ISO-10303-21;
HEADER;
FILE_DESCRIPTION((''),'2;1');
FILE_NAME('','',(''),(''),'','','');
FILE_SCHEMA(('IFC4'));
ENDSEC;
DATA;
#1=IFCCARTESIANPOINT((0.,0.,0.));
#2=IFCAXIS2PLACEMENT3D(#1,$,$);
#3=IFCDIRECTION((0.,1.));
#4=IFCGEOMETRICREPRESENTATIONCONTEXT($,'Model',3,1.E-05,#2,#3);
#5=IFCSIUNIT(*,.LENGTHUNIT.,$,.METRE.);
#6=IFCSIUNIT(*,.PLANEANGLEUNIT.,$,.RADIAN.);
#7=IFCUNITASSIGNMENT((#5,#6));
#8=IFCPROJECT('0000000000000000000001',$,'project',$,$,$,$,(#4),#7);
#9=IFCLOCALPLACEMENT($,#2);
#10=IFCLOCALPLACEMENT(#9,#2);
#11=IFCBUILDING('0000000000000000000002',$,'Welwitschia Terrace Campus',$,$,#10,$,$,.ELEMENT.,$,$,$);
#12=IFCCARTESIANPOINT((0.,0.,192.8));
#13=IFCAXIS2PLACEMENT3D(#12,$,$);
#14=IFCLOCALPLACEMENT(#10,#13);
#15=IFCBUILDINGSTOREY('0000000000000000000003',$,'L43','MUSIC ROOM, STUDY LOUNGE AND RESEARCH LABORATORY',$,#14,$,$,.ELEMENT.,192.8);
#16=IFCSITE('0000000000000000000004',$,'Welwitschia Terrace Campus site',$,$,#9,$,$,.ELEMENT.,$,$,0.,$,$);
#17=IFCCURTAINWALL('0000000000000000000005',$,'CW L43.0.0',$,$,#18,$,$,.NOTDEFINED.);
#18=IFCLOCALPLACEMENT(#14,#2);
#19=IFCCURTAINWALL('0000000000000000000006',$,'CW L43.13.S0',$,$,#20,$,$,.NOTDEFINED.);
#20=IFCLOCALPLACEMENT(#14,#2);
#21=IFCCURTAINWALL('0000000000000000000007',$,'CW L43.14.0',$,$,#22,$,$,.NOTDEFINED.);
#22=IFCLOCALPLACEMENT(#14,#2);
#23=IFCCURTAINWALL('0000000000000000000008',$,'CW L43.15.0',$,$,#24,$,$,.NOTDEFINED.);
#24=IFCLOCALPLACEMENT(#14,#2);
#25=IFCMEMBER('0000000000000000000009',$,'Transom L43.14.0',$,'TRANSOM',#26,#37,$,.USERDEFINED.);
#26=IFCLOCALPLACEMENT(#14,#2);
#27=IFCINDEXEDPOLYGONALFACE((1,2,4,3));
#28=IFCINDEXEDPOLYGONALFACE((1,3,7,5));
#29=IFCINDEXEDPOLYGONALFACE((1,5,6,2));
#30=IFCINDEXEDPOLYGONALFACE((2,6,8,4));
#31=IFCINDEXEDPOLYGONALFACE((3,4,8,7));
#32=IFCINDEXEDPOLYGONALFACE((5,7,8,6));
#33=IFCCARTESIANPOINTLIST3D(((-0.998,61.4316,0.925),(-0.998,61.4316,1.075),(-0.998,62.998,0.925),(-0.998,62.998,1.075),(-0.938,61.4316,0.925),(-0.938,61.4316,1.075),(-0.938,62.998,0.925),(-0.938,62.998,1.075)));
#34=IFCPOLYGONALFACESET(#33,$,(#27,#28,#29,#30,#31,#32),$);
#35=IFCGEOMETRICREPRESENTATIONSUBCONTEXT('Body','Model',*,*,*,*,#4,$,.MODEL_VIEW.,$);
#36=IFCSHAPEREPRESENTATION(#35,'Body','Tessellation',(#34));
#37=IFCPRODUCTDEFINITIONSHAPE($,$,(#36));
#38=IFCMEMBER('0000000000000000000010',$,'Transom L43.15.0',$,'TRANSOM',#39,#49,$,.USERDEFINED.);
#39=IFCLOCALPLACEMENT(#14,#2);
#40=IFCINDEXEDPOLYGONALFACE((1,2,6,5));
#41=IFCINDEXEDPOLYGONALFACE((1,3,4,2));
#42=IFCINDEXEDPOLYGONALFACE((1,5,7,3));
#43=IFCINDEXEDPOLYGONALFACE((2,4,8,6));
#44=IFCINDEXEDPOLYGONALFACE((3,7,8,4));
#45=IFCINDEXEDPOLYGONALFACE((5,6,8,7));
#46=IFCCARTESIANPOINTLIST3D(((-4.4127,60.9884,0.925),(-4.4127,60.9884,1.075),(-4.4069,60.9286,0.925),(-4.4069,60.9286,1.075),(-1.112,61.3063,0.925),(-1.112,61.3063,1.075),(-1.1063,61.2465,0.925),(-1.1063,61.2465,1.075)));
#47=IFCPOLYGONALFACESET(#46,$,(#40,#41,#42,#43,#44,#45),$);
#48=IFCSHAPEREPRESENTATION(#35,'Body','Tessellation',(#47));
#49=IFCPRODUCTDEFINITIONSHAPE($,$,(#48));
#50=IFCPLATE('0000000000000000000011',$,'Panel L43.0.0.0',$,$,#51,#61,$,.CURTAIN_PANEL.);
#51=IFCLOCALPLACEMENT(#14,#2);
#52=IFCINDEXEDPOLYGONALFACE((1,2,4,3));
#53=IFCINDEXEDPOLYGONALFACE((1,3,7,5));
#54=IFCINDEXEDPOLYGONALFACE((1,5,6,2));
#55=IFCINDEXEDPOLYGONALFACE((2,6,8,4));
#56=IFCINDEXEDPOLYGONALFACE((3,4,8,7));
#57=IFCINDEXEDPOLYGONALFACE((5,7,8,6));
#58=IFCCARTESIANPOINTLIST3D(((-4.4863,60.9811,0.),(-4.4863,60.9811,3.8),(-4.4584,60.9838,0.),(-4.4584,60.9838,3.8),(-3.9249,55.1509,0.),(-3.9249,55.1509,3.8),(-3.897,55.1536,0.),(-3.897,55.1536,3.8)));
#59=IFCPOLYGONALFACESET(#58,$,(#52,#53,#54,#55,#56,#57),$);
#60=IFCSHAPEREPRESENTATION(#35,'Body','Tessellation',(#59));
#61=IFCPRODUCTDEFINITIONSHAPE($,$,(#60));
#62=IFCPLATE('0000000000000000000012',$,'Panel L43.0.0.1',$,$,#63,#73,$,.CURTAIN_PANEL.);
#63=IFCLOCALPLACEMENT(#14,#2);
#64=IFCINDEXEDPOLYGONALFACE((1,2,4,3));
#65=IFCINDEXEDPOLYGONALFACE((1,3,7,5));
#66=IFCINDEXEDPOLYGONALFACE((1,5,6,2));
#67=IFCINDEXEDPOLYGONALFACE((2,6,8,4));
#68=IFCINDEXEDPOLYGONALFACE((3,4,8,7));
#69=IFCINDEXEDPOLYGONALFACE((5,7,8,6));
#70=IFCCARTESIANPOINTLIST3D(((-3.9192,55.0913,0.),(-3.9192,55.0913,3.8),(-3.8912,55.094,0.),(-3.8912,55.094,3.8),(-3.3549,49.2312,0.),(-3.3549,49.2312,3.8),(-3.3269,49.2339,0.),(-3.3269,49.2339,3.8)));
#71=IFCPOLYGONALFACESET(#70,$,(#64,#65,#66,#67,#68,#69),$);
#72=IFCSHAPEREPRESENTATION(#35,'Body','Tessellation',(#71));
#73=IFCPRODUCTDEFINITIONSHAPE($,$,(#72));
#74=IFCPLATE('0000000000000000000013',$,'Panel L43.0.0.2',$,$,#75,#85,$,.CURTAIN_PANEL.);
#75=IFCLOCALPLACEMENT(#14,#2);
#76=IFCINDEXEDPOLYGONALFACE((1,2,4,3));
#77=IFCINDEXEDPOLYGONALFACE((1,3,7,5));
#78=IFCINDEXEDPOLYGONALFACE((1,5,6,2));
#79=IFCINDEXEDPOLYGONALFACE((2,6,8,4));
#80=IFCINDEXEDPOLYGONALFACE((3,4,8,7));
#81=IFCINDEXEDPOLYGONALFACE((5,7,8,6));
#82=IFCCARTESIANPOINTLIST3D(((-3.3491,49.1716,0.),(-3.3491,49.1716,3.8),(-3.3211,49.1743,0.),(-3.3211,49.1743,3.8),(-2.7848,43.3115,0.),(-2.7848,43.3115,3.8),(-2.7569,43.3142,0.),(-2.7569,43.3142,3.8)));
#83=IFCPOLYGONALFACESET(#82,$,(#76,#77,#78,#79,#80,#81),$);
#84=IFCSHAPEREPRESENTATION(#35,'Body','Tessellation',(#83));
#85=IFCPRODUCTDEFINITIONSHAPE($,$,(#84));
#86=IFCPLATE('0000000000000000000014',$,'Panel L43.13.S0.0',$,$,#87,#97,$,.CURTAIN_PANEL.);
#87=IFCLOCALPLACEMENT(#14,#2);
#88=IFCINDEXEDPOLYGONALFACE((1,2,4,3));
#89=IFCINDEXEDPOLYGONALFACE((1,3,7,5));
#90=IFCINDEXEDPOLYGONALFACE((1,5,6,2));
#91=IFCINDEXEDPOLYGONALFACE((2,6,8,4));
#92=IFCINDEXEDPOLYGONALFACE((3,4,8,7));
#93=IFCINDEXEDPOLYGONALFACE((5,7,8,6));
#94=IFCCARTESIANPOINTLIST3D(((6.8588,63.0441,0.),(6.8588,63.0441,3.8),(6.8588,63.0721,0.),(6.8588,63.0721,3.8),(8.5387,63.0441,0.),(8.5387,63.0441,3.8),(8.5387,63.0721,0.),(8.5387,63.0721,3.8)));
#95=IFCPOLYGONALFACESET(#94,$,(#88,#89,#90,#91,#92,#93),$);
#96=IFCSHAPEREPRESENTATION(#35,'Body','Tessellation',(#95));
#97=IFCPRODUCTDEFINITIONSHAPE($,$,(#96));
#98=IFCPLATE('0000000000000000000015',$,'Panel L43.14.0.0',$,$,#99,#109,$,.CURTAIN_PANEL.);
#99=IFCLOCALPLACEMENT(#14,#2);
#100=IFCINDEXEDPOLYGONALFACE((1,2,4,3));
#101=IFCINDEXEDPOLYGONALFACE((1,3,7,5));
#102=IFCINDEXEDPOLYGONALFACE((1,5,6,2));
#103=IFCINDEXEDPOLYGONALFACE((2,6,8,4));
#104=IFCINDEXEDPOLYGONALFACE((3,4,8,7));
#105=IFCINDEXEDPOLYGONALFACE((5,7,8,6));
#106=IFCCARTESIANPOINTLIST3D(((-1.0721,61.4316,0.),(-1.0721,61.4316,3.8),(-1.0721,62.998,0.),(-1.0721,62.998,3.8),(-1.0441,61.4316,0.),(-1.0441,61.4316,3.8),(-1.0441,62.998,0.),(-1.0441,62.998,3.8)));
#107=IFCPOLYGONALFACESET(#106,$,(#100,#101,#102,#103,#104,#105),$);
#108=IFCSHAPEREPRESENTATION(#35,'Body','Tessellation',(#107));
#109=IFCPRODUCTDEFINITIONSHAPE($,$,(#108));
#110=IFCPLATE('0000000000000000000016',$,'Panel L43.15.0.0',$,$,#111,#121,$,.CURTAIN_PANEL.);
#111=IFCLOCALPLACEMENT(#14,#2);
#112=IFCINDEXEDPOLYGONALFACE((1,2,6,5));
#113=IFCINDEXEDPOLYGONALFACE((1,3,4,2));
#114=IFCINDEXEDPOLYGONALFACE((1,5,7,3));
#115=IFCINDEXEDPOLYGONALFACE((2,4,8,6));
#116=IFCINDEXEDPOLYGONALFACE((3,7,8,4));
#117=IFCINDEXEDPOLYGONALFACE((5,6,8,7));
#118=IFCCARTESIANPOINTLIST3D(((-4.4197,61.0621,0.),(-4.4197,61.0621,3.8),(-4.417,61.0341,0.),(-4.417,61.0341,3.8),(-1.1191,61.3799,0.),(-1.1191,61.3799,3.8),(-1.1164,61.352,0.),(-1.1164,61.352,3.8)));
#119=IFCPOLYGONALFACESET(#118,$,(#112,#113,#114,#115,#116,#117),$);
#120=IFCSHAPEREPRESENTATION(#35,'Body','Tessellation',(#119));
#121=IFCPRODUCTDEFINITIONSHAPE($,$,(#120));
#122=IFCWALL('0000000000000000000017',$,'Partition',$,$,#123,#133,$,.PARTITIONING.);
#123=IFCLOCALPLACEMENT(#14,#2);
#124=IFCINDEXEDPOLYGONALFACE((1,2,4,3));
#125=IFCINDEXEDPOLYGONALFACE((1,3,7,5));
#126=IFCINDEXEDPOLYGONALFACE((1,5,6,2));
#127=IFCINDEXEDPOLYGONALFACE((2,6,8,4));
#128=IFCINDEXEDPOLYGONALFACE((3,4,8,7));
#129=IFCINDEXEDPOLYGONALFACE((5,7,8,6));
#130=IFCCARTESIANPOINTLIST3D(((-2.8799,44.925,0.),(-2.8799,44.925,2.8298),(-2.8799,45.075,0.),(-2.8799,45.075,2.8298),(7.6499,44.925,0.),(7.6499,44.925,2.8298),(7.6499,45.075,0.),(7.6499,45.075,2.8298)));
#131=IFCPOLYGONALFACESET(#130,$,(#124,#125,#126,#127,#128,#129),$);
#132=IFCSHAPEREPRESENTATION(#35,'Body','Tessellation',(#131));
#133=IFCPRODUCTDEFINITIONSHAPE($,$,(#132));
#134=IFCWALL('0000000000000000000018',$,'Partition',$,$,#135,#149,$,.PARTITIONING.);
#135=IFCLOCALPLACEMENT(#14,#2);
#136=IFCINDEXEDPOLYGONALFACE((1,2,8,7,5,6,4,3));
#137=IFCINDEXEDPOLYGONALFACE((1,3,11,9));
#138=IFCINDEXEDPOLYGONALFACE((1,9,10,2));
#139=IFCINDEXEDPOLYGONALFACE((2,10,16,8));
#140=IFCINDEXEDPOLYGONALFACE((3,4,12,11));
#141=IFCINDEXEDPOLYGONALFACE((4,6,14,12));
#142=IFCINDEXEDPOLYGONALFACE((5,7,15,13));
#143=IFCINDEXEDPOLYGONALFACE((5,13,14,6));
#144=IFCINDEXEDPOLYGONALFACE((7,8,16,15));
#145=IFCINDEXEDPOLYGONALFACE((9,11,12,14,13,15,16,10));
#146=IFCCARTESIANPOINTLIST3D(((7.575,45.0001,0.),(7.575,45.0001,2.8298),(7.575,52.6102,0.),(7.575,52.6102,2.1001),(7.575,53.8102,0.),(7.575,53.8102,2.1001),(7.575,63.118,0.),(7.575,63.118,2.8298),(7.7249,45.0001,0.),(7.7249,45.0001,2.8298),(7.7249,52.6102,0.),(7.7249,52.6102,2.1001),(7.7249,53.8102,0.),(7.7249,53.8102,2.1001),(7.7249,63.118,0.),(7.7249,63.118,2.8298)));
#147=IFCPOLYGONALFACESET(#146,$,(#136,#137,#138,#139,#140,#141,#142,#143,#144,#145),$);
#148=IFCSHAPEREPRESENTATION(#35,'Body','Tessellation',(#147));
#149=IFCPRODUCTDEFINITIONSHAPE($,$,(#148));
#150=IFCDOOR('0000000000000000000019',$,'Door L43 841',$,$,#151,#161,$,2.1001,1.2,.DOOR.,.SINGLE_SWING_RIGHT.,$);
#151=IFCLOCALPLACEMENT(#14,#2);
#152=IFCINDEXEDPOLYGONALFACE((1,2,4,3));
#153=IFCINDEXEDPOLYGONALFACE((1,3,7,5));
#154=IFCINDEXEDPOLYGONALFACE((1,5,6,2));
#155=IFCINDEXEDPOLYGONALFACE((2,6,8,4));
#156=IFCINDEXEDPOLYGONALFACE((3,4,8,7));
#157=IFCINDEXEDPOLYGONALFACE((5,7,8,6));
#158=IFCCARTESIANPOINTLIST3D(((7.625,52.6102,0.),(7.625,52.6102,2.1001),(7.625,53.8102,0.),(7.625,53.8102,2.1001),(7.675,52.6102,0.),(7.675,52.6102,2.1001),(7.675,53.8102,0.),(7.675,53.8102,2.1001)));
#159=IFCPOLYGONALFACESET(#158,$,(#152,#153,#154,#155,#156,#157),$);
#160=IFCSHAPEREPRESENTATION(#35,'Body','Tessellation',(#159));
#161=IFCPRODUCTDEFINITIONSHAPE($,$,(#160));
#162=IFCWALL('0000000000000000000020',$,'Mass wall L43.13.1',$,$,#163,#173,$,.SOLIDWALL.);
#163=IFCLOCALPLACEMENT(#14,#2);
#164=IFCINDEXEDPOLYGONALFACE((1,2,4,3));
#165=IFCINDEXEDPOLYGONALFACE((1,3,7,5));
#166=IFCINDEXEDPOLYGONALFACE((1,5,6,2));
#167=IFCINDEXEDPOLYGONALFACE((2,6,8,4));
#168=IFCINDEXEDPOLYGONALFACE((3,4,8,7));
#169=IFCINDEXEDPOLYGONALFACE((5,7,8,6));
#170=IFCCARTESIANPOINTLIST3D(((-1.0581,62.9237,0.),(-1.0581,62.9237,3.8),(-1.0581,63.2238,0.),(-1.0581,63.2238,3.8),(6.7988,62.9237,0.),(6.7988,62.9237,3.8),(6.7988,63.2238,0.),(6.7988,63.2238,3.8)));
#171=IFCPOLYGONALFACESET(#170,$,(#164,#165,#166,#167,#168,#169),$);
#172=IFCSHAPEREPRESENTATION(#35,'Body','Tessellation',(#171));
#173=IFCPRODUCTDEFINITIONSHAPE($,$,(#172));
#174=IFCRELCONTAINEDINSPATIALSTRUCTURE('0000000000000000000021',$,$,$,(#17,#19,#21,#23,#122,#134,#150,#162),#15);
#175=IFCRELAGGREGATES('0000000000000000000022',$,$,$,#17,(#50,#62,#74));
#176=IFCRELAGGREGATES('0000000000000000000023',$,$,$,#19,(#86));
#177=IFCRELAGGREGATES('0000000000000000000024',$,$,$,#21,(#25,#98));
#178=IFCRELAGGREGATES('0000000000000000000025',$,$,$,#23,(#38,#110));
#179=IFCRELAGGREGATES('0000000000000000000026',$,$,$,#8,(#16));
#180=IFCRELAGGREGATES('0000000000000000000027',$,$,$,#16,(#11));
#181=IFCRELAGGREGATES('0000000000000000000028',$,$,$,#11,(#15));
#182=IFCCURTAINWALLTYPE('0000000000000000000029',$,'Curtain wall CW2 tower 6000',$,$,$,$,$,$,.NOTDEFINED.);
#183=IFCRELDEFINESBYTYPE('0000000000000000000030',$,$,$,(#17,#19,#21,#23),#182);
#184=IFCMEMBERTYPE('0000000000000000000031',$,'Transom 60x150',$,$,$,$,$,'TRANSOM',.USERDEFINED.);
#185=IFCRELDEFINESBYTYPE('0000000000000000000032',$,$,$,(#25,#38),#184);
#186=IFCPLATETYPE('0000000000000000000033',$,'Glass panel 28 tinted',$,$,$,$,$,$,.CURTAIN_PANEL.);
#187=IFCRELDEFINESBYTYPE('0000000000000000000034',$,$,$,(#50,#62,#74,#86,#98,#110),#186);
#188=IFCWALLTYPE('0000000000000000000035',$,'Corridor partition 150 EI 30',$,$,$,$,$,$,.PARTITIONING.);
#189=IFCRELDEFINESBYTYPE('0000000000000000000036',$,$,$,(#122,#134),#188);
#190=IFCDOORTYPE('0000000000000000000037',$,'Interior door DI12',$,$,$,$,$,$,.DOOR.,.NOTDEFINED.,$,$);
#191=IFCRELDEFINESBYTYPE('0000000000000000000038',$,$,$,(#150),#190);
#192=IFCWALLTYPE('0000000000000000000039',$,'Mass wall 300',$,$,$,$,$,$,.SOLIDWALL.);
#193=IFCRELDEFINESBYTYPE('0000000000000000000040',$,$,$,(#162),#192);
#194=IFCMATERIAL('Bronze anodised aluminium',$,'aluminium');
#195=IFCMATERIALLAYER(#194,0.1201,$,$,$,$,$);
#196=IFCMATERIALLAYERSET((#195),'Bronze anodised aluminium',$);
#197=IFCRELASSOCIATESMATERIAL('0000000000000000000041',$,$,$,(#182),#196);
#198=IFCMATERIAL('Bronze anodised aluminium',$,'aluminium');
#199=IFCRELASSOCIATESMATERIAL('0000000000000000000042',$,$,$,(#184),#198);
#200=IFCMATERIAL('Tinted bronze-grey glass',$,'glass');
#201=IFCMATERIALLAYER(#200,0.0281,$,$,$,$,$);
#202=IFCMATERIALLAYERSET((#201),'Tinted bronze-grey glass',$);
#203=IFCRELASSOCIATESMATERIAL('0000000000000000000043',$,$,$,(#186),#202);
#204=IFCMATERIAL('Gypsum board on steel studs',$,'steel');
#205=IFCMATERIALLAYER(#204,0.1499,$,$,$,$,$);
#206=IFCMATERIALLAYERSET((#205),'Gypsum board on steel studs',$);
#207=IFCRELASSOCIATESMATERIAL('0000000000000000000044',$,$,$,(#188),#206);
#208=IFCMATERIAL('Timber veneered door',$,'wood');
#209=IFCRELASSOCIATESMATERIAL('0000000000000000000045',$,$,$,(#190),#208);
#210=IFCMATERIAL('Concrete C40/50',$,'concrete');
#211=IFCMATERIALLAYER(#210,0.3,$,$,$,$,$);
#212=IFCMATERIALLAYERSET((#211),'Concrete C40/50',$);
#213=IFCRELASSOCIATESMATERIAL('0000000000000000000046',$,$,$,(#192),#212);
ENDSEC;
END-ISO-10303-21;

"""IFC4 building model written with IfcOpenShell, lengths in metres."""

from ifc_helpers import new_model, si_unit, direction, frame, frame_2d, origin, origin_2d, place, context, subcontext, project, spatial, rectangle, extrude, material, layer, layer_set, material_profile, profile_set, type_object, element, fill, aggregate, save


model = new_model("IFC4")

# Units and contexts
model_context = context("Model", 3, precision=1e-05, world=origin(), true_north=direction((0.0, 1.0)))
body_context = subcontext(model_context, "Body", "Model", "MODEL_VIEW")
ifc_project = project(units=[si_unit("LENGTHUNIT", "METRE"), si_unit("PLANEANGLEUNIT", "RADIAN")], contexts=[model_context])

# Site, building, storey
site_placement = place(None, origin())
site = spatial("IfcSite", under=ifc_project, at=site_placement, Name="Welwitschia Terrace Campus site", CompositionType="ELEMENT", RefElevation=0.0)
building_placement = place(site_placement, origin())
building = spatial("IfcBuilding", under=site, at=building_placement, Name="Welwitschia Terrace Campus", CompositionType="ELEMENT")
storey_placement = place(building_placement, frame((0.0, 0.0, 192.8)))
storey = spatial("IfcBuildingStorey", under=building, at=storey_placement, Name="L43", Description="MUSIC ROOM, STUDY LOUNGE AND RESEARCH LABORATORY", CompositionType="ELEMENT", Elevation=192.8)

# Curtain walls
ifc_material_1 = material(Name="Bronze anodised aluminium", Category="aluminium")
ifc_layer_1 = layer(ifc_material_1, 0.1201)
ifc_layer_set_1 = layer_set([ifc_layer_1], Name="Bronze anodised aluminium")
curtain_wall_type = type_object("IfcCurtainWallType", Name="Curtain wall CW2 tower 6000", PredefinedType="NOTDEFINED", material=ifc_layer_set_1)
curtain_wall_1_placement = place(storey_placement, origin())
curtain_wall_1 = element("IfcCurtainWall", 1, at=curtain_wall_1_placement, inside=storey, type_object=curtain_wall_type, Name="CW L43.0.0", PredefinedType="NOTDEFINED")
curtain_wall_2_placement = place(storey_placement, origin())
curtain_wall_2 = element("IfcCurtainWall", 2, at=curtain_wall_2_placement, inside=storey, type_object=curtain_wall_type, Name="CW L43.13.S0", PredefinedType="NOTDEFINED")
curtain_wall_3_placement = place(storey_placement, origin())
curtain_wall_3 = element("IfcCurtainWall", 3, at=curtain_wall_3_placement, inside=storey, type_object=curtain_wall_type, Name="CW L43.14.0", PredefinedType="NOTDEFINED")
curtain_wall_4_placement = place(storey_placement, origin())
curtain_wall_4 = element("IfcCurtainWall", 4, at=curtain_wall_4_placement, inside=storey, type_object=curtain_wall_type, Name="CW L43.15.0", PredefinedType="NOTDEFINED")

# Members
ifc_material_2 = material(Name="Bronze anodised aluminium", Category="aluminium")
ifc_material_profile_1 = material_profile(ifc_material_2, rectangle(XDim=0.0601, YDim=0.1499, at=origin_2d()))
ifc_profile_set_1 = profile_set([ifc_material_profile_1], Name="Bronze anodised aluminium")
member_type_1 = type_object("IfcMemberType", Name="Transom 60x150", ElementType="TRANSOM", PredefinedType="USERDEFINED", material=ifc_profile_set_1)
member_1_placement = place(storey_placement, frame((-0.968, 62.998, 1.0), z_axis=(0.0, -1.0, 0.0), x_axis=(1.0, 0.0, 0.0)))
member_1 = element("IfcMember", 5, at=member_1_placement, type_object=member_type_1, Name="Transom L43.14.0", ObjectType="TRANSOM", PredefinedType="USERDEFINED", context=body_context, shape_type="SweptSolid", body=[
    extrude(rectangle(XDim=0.0601, YDim=0.1499, at=origin_2d()), origin(), (0.0, 0.0, 1.0), 1.5664),
])
member_2_placement = place(storey_placement, frame((-1.1091, 61.2764, 1.0), z_axis=(-0.995394, -0.095865, 0.0), x_axis=(0.095865, -0.995394, 0.0)))
member_2 = element("IfcMember", 6, at=member_2_placement, type_object=member_type_1, Name="Transom L43.15.0", ObjectType="TRANSOM", PredefinedType="USERDEFINED", context=body_context, shape_type="SweptSolid", body=[
    extrude(rectangle(XDim=0.0601, YDim=0.1499, at=origin_2d()), origin(), (0.0, 0.0, 1.0), 3.3159),
])

# Plates
ifc_material_3 = material(Name="Tinted bronze-grey glass", Category="glass")
ifc_layer_2 = layer(ifc_material_3, 0.0281)
ifc_layer_set_2 = layer_set([ifc_layer_2], Name="Tinted bronze-grey glass")
plate_type = type_object("IfcPlateType", Name="Glass panel 28 tinted", PredefinedType="CURTAIN_PANEL", material=ifc_layer_set_2)
plate_1_placement = place(storey_placement, frame((-4.1917, 58.0674, 0.0), z_axis=(0.0, 0.0, 1.0), x_axis=(0.095846, -0.995396, 0.0)))
plate_1 = element("IfcPlate", 7, at=plate_1_placement, type_object=plate_type, Name="Panel L43.0.0.0", PredefinedType="CURTAIN_PANEL", context=body_context, shape_type="SweptSolid", body=[
    extrude(rectangle(XDim=5.8572, YDim=0.0281, at=origin_2d()), origin(), (0.0, 0.0, 1.0), 3.8),
])
plate_2_placement = place(storey_placement, frame((-3.623, 52.1626, 0.0), z_axis=(0.0, 0.0, 1.0), x_axis=(0.095846, -0.995396, 0.0)))
plate_2 = element("IfcPlate", 8, at=plate_2_placement, type_object=plate_type, Name="Panel L43.0.0.1", PredefinedType="CURTAIN_PANEL", context=body_context, shape_type="SweptSolid", body=[
    extrude(rectangle(XDim=5.8872, YDim=0.0281, at=origin_2d()), origin(), (0.0, 0.0, 1.0), 3.8),
])
plate_3_placement = place(storey_placement, frame((-3.053, 46.2429, 0.0), z_axis=(0.0, 0.0, 1.0), x_axis=(0.095846, -0.995396, 0.0)))
plate_3 = element("IfcPlate", 9, at=plate_3_placement, type_object=plate_type, Name="Panel L43.0.0.2", PredefinedType="CURTAIN_PANEL", context=body_context, shape_type="SweptSolid", body=[
    extrude(rectangle(XDim=5.8872, YDim=0.0281, at=origin_2d()), origin(), (0.0, 0.0, 1.0), 3.8),
])
aggregate(curtain_wall_1, [plate_1, plate_2, plate_3])
plate_4_placement = place(storey_placement, frame((7.6987, 63.0581, 0.0), z_axis=(0.0, 0.0, 1.0), x_axis=(-1.0, 0.0, 0.0)))
plate_4 = element("IfcPlate", 10, at=plate_4_placement, type_object=plate_type, Name="Panel L43.13.S0.0", PredefinedType="CURTAIN_PANEL", context=body_context, shape_type="SweptSolid", body=[
    extrude(rectangle(XDim=1.6799, YDim=0.0281, at=origin_2d()), origin(), (0.0, 0.0, 1.0), 3.8),
])
aggregate(curtain_wall_2, [plate_4])
plate_5_placement = place(storey_placement, frame((-1.0581, 62.2148, 0.0), z_axis=(0.0, 0.0, 1.0), x_axis=(0.0, -1.0, 0.0)))
plate_5 = element("IfcPlate", 11, at=plate_5_placement, type_object=plate_type, Name="Panel L43.14.0.0", PredefinedType="CURTAIN_PANEL", context=body_context, shape_type="SweptSolid", body=[
    extrude(rectangle(XDim=1.5664, YDim=0.0281, at=origin_2d()), origin(), (0.0, 0.0, 1.0), 3.8),
])
aggregate(curtain_wall_3, [member_1, plate_5])
plate_6_placement = place(storey_placement, frame((-2.7681, 61.207, 0.0), z_axis=(0.0, 0.0, 1.0), x_axis=(-0.995396, -0.095846, 0.0)))
plate_6 = element("IfcPlate", 12, at=plate_6_placement, type_object=plate_type, Name="Panel L43.15.0.0", PredefinedType="CURTAIN_PANEL", context=body_context, shape_type="SweptSolid", body=[
    extrude(rectangle(XDim=3.3159, YDim=0.0281, at=origin_2d()), origin(), (0.0, 0.0, 1.0), 3.8),
])
aggregate(curtain_wall_4, [member_2, plate_6])

# Wall
ifc_material_4 = material(Name="Gypsum board on steel studs", Category="steel")
ifc_layer_3 = layer(ifc_material_4, 0.1499)
ifc_layer_set_3 = layer_set([ifc_layer_3], Name="Gypsum board on steel studs")
wall_type_1 = type_object("IfcWallType", Name="Corridor partition 150 EI 30", PredefinedType="PARTITIONING", material=ifc_layer_set_3)
wall_1_placement = place(storey_placement, frame((-2.8799, 45.0, 0.0), z_axis=(0.0, 0.0, 1.0), x_axis=(1.0, 0.0, 0.0)))
element("IfcWall", 13, at=wall_1_placement, inside=storey, type_object=wall_type_1, Name="Partition", PredefinedType="PARTITIONING", context=body_context, shape_type="SweptSolid", body=[
    extrude(rectangle(XDim=10.5298, YDim=0.1499, at=frame_2d((5.2649, 0.0))), origin(), (0.0, 0.0, 1.0), 2.8298),
])

# Wall, opening, door
wall_2_placement = place(storey_placement, frame((7.6499, 45.0, 0.0), z_axis=(0.0, 0.0, 1.0), x_axis=(0.0, 1.0, 0.0)))
wall_2 = element("IfcWall", 14, at=wall_2_placement, inside=storey, type_object=wall_type_1, Name="Partition", PredefinedType="PARTITIONING", context=body_context, shape_type="SweptSolid", body=[
    extrude(rectangle(XDim=18.1179, YDim=0.1499, at=frame_2d((9.0591, 0.0))), origin(), (0.0, 0.0, 1.0), 2.8298),
])
opening_placement = place(wall_2_placement, frame((7.6101, 0.0, 0.0)))
opening = element("IfcOpeningElement", 15, at=opening_placement, cuts=wall_2, PredefinedType="OPENING", context=body_context, shape_type="SweptSolid", body=[
    extrude(rectangle(XDim=1.2, YDim=2.1001, at=frame_2d((0.6001, 1.05))), frame((0.0, 0.085, 0.0), z_axis=(0.0, -1.0, 0.0), x_axis=(1.0, 0.0, 0.0)), (0.0, 0.0, 1.0), 0.1699),
])
ifc_material_5 = material(Name="Timber veneered door", Category="wood")
door_type = type_object("IfcDoorType", Name="Interior door DI12", OperationType="NOTDEFINED", PredefinedType="DOOR", material=ifc_material_5)
door_placement = place(opening_placement, origin())
door = element("IfcDoor", 16, at=door_placement, inside=storey, type_object=door_type, Name="Door L43 841", OperationType="SINGLE_SWING_RIGHT", OverallHeight=2.1001, OverallWidth=1.2, PredefinedType="DOOR", context=body_context, shape_type="SweptSolid", body=[
    extrude(rectangle(XDim=1.2, YDim=2.1001, at=frame_2d((0.6001, 1.05))), frame((0.0, 0.0249, 0.0), z_axis=(0.0, -1.0, 0.0), x_axis=(1.0, 0.0, 0.0)), (0.0, 0.0, 1.0), 0.05),
])
fill(opening, door)

# Wall
ifc_material_6 = material(Name="Concrete C40/50", Category="concrete")
ifc_layer_4 = layer(ifc_material_6, 0.3)
ifc_layer_set_4 = layer_set([ifc_layer_4], Name="Concrete C40/50")
wall_type_2 = type_object("IfcWallType", Name="Mass wall 300", PredefinedType="SOLIDWALL", material=ifc_layer_set_4)
wall_3_placement = place(storey_placement, frame((6.7988, 63.0737, 0.0), z_axis=(0.0, 0.0, 1.0), x_axis=(-1.0, 0.0, 0.0)))
element("IfcWall", 17, at=wall_3_placement, inside=storey, type_object=wall_type_2, Name="Mass wall L43.13.1", PredefinedType="SOLIDWALL", context=body_context, shape_type="SweptSolid", body=[
    extrude(rectangle(XDim=7.8569, YDim=0.3, at=frame_2d((3.9285, 0.0))), origin(), (0.0, 0.0, 1.0), 3.8),
])

save(model, "model.ifc")
